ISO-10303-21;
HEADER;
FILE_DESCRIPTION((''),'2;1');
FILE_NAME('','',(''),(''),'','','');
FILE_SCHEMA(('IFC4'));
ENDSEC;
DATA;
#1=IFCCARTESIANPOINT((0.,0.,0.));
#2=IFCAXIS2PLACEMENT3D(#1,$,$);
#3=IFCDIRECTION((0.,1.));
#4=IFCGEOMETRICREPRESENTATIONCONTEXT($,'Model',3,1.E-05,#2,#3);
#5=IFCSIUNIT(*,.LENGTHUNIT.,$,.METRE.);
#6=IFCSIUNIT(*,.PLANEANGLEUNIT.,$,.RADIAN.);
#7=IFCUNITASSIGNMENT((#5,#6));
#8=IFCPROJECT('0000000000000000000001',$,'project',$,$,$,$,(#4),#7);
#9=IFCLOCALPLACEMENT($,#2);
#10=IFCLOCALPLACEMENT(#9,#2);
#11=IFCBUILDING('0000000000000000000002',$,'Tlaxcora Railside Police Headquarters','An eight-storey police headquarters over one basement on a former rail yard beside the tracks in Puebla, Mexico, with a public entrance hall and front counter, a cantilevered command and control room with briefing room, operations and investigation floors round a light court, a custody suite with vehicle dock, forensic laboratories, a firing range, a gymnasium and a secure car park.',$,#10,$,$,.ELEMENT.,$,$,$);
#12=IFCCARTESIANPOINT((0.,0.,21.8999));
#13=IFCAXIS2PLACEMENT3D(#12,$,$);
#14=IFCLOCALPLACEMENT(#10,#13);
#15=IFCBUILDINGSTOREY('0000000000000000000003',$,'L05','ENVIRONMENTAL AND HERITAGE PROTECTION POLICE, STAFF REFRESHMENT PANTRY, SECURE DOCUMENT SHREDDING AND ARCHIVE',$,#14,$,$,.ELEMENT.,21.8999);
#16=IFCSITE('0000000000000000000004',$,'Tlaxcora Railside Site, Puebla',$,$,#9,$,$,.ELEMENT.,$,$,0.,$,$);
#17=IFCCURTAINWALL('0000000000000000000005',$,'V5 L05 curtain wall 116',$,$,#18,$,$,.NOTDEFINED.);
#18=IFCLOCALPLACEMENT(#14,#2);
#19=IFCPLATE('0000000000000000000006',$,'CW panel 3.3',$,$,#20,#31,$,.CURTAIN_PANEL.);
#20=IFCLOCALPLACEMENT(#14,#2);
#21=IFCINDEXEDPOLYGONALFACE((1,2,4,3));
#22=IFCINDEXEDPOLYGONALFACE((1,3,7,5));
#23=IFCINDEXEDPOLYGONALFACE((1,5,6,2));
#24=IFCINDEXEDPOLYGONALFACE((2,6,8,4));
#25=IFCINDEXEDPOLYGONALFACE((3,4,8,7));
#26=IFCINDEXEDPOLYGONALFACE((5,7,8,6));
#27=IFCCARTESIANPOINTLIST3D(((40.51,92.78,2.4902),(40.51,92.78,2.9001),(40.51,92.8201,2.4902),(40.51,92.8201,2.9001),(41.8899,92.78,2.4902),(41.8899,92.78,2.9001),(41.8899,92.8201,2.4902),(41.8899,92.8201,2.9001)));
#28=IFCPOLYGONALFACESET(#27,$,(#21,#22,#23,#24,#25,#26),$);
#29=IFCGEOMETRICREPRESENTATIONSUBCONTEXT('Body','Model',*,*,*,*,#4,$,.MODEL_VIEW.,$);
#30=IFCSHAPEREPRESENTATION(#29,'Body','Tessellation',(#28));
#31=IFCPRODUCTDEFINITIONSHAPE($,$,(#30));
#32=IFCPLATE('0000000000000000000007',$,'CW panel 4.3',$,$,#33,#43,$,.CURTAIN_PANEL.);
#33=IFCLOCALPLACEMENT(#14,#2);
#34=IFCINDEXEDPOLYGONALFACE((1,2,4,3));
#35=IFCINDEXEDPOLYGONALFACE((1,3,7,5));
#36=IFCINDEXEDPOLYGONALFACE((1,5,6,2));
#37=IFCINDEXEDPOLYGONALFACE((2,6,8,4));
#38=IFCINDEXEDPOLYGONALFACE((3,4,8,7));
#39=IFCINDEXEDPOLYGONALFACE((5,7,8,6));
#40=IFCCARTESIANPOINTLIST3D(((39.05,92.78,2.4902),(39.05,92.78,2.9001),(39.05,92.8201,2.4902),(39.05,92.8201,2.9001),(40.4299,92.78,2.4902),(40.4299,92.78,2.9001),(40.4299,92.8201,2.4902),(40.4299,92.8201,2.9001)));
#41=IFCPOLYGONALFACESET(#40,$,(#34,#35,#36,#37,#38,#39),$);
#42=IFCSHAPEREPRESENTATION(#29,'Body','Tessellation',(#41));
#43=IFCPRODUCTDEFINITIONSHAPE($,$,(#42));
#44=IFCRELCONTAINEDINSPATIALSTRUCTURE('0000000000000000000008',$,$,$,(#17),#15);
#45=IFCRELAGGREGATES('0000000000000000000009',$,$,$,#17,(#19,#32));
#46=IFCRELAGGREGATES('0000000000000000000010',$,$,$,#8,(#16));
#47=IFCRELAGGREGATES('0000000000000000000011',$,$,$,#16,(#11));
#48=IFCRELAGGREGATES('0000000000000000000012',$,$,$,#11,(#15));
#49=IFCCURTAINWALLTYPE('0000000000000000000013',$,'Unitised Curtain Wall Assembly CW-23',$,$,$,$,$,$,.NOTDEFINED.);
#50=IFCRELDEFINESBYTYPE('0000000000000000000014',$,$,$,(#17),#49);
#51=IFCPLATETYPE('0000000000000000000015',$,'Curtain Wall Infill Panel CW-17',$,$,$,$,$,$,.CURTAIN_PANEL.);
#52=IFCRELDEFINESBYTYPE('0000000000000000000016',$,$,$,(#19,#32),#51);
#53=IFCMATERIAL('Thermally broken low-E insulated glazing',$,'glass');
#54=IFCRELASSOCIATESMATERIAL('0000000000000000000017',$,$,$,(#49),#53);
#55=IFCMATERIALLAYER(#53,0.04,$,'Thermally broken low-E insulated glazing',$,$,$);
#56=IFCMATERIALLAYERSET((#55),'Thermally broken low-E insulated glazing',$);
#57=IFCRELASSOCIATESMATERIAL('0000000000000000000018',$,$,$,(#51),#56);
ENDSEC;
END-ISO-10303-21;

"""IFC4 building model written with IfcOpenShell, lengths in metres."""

from ifc_helpers import new_model, si_unit, direction, frame, origin, origin_2d, place, context, subcontext, project, spatial, rectangle, extrude, material, layer, layer_set, type_object, element, aggregate, save


model = new_model("IFC4")

# Units and contexts
model_context = context("Model", 3, precision=1e-05, world=origin(), true_north=direction((0.0, 1.0)))
body_context = subcontext(model_context, "Body", "Model", "MODEL_VIEW")
ifc_project = project(units=[si_unit("LENGTHUNIT", "METRE"), si_unit("PLANEANGLEUNIT", "RADIAN")], contexts=[model_context])

# Site, building, storey
site_placement = place(None, origin())
site = spatial("IfcSite", under=ifc_project, at=site_placement, Name="Tlaxcora Railside Site, Puebla", CompositionType="ELEMENT", RefElevation=0.0)
building_placement = place(site_placement, origin())
building = spatial("IfcBuilding", under=site, at=building_placement, Name="Tlaxcora Railside Police Headquarters", Description="An eight-storey police headquarters over one basement on a former rail yard beside the tracks in Puebla, Mexico, with a public entrance hall and front counter, a cantilevered command and control room with briefing room, operations and investigation floors round a light court, a custody suite with vehicle dock, forensic laboratories, a firing range, a gymnasium and a secure car park.", CompositionType="ELEMENT")
storey_placement = place(building_placement, frame((0.0, 0.0, 21.8999)))
storey = spatial("IfcBuildingStorey", under=building, at=storey_placement, Name="L05", Description="ENVIRONMENTAL AND HERITAGE PROTECTION POLICE, STAFF REFRESHMENT PANTRY, SECURE DOCUMENT SHREDDING AND ARCHIVE", CompositionType="ELEMENT", Elevation=21.8999)

# Curtain wall, plates
ifc_material_1 = material(Name="Thermally broken low-E insulated glazing", Category="glass")
curtain_wall_type = type_object("IfcCurtainWallType", Name="Unitised Curtain Wall Assembly CW-23", PredefinedType="NOTDEFINED", material=ifc_material_1)
curtain_wall_placement = place(storey_placement, origin())
curtain_wall = element("IfcCurtainWall", 1, at=curtain_wall_placement, inside=storey, type_object=curtain_wall_type, Name="V5 L05 curtain wall 116", PredefinedType="NOTDEFINED")
ifc_layer = layer(ifc_material_1, 0.04, Name="Thermally broken low-E insulated glazing")
ifc_layer_set = layer_set([ifc_layer], Name="Thermally broken low-E insulated glazing")
plate_type = type_object("IfcPlateType", Name="Curtain Wall Infill Panel CW-17", PredefinedType="CURTAIN_PANEL", material=ifc_layer_set)
plate_1_placement = place(storey_placement, frame((41.2, 92.8, 2.4902), z_axis=(0.0, 0.0, 1.0), x_axis=(-1.0, 0.0, 0.0)))
plate_1 = element("IfcPlate", 2, at=plate_1_placement, type_object=plate_type, Name="CW panel 3.3", PredefinedType="CURTAIN_PANEL", context=body_context, shape_type="SweptSolid", body=[
    extrude(rectangle(XDim=1.3799, YDim=0.04, at=origin_2d()), origin(), (0.0, 0.0, 1.0), 0.4099),
])
plate_2_placement = place(storey_placement, frame((39.74, 92.8, 2.4902), z_axis=(0.0, 0.0, 1.0), x_axis=(-1.0, 0.0, 0.0)))
plate_2 = element("IfcPlate", 3, at=plate_2_placement, type_object=plate_type, Name="CW panel 4.3", PredefinedType="CURTAIN_PANEL", context=body_context, shape_type="SweptSolid", body=[
    extrude(rectangle(XDim=1.3799, YDim=0.04, at=origin_2d()), origin(), (0.0, 0.0, 1.0), 0.4099),
])
aggregate(curtain_wall, [plate_1, plate_2])

save(model, "model.ifc")
